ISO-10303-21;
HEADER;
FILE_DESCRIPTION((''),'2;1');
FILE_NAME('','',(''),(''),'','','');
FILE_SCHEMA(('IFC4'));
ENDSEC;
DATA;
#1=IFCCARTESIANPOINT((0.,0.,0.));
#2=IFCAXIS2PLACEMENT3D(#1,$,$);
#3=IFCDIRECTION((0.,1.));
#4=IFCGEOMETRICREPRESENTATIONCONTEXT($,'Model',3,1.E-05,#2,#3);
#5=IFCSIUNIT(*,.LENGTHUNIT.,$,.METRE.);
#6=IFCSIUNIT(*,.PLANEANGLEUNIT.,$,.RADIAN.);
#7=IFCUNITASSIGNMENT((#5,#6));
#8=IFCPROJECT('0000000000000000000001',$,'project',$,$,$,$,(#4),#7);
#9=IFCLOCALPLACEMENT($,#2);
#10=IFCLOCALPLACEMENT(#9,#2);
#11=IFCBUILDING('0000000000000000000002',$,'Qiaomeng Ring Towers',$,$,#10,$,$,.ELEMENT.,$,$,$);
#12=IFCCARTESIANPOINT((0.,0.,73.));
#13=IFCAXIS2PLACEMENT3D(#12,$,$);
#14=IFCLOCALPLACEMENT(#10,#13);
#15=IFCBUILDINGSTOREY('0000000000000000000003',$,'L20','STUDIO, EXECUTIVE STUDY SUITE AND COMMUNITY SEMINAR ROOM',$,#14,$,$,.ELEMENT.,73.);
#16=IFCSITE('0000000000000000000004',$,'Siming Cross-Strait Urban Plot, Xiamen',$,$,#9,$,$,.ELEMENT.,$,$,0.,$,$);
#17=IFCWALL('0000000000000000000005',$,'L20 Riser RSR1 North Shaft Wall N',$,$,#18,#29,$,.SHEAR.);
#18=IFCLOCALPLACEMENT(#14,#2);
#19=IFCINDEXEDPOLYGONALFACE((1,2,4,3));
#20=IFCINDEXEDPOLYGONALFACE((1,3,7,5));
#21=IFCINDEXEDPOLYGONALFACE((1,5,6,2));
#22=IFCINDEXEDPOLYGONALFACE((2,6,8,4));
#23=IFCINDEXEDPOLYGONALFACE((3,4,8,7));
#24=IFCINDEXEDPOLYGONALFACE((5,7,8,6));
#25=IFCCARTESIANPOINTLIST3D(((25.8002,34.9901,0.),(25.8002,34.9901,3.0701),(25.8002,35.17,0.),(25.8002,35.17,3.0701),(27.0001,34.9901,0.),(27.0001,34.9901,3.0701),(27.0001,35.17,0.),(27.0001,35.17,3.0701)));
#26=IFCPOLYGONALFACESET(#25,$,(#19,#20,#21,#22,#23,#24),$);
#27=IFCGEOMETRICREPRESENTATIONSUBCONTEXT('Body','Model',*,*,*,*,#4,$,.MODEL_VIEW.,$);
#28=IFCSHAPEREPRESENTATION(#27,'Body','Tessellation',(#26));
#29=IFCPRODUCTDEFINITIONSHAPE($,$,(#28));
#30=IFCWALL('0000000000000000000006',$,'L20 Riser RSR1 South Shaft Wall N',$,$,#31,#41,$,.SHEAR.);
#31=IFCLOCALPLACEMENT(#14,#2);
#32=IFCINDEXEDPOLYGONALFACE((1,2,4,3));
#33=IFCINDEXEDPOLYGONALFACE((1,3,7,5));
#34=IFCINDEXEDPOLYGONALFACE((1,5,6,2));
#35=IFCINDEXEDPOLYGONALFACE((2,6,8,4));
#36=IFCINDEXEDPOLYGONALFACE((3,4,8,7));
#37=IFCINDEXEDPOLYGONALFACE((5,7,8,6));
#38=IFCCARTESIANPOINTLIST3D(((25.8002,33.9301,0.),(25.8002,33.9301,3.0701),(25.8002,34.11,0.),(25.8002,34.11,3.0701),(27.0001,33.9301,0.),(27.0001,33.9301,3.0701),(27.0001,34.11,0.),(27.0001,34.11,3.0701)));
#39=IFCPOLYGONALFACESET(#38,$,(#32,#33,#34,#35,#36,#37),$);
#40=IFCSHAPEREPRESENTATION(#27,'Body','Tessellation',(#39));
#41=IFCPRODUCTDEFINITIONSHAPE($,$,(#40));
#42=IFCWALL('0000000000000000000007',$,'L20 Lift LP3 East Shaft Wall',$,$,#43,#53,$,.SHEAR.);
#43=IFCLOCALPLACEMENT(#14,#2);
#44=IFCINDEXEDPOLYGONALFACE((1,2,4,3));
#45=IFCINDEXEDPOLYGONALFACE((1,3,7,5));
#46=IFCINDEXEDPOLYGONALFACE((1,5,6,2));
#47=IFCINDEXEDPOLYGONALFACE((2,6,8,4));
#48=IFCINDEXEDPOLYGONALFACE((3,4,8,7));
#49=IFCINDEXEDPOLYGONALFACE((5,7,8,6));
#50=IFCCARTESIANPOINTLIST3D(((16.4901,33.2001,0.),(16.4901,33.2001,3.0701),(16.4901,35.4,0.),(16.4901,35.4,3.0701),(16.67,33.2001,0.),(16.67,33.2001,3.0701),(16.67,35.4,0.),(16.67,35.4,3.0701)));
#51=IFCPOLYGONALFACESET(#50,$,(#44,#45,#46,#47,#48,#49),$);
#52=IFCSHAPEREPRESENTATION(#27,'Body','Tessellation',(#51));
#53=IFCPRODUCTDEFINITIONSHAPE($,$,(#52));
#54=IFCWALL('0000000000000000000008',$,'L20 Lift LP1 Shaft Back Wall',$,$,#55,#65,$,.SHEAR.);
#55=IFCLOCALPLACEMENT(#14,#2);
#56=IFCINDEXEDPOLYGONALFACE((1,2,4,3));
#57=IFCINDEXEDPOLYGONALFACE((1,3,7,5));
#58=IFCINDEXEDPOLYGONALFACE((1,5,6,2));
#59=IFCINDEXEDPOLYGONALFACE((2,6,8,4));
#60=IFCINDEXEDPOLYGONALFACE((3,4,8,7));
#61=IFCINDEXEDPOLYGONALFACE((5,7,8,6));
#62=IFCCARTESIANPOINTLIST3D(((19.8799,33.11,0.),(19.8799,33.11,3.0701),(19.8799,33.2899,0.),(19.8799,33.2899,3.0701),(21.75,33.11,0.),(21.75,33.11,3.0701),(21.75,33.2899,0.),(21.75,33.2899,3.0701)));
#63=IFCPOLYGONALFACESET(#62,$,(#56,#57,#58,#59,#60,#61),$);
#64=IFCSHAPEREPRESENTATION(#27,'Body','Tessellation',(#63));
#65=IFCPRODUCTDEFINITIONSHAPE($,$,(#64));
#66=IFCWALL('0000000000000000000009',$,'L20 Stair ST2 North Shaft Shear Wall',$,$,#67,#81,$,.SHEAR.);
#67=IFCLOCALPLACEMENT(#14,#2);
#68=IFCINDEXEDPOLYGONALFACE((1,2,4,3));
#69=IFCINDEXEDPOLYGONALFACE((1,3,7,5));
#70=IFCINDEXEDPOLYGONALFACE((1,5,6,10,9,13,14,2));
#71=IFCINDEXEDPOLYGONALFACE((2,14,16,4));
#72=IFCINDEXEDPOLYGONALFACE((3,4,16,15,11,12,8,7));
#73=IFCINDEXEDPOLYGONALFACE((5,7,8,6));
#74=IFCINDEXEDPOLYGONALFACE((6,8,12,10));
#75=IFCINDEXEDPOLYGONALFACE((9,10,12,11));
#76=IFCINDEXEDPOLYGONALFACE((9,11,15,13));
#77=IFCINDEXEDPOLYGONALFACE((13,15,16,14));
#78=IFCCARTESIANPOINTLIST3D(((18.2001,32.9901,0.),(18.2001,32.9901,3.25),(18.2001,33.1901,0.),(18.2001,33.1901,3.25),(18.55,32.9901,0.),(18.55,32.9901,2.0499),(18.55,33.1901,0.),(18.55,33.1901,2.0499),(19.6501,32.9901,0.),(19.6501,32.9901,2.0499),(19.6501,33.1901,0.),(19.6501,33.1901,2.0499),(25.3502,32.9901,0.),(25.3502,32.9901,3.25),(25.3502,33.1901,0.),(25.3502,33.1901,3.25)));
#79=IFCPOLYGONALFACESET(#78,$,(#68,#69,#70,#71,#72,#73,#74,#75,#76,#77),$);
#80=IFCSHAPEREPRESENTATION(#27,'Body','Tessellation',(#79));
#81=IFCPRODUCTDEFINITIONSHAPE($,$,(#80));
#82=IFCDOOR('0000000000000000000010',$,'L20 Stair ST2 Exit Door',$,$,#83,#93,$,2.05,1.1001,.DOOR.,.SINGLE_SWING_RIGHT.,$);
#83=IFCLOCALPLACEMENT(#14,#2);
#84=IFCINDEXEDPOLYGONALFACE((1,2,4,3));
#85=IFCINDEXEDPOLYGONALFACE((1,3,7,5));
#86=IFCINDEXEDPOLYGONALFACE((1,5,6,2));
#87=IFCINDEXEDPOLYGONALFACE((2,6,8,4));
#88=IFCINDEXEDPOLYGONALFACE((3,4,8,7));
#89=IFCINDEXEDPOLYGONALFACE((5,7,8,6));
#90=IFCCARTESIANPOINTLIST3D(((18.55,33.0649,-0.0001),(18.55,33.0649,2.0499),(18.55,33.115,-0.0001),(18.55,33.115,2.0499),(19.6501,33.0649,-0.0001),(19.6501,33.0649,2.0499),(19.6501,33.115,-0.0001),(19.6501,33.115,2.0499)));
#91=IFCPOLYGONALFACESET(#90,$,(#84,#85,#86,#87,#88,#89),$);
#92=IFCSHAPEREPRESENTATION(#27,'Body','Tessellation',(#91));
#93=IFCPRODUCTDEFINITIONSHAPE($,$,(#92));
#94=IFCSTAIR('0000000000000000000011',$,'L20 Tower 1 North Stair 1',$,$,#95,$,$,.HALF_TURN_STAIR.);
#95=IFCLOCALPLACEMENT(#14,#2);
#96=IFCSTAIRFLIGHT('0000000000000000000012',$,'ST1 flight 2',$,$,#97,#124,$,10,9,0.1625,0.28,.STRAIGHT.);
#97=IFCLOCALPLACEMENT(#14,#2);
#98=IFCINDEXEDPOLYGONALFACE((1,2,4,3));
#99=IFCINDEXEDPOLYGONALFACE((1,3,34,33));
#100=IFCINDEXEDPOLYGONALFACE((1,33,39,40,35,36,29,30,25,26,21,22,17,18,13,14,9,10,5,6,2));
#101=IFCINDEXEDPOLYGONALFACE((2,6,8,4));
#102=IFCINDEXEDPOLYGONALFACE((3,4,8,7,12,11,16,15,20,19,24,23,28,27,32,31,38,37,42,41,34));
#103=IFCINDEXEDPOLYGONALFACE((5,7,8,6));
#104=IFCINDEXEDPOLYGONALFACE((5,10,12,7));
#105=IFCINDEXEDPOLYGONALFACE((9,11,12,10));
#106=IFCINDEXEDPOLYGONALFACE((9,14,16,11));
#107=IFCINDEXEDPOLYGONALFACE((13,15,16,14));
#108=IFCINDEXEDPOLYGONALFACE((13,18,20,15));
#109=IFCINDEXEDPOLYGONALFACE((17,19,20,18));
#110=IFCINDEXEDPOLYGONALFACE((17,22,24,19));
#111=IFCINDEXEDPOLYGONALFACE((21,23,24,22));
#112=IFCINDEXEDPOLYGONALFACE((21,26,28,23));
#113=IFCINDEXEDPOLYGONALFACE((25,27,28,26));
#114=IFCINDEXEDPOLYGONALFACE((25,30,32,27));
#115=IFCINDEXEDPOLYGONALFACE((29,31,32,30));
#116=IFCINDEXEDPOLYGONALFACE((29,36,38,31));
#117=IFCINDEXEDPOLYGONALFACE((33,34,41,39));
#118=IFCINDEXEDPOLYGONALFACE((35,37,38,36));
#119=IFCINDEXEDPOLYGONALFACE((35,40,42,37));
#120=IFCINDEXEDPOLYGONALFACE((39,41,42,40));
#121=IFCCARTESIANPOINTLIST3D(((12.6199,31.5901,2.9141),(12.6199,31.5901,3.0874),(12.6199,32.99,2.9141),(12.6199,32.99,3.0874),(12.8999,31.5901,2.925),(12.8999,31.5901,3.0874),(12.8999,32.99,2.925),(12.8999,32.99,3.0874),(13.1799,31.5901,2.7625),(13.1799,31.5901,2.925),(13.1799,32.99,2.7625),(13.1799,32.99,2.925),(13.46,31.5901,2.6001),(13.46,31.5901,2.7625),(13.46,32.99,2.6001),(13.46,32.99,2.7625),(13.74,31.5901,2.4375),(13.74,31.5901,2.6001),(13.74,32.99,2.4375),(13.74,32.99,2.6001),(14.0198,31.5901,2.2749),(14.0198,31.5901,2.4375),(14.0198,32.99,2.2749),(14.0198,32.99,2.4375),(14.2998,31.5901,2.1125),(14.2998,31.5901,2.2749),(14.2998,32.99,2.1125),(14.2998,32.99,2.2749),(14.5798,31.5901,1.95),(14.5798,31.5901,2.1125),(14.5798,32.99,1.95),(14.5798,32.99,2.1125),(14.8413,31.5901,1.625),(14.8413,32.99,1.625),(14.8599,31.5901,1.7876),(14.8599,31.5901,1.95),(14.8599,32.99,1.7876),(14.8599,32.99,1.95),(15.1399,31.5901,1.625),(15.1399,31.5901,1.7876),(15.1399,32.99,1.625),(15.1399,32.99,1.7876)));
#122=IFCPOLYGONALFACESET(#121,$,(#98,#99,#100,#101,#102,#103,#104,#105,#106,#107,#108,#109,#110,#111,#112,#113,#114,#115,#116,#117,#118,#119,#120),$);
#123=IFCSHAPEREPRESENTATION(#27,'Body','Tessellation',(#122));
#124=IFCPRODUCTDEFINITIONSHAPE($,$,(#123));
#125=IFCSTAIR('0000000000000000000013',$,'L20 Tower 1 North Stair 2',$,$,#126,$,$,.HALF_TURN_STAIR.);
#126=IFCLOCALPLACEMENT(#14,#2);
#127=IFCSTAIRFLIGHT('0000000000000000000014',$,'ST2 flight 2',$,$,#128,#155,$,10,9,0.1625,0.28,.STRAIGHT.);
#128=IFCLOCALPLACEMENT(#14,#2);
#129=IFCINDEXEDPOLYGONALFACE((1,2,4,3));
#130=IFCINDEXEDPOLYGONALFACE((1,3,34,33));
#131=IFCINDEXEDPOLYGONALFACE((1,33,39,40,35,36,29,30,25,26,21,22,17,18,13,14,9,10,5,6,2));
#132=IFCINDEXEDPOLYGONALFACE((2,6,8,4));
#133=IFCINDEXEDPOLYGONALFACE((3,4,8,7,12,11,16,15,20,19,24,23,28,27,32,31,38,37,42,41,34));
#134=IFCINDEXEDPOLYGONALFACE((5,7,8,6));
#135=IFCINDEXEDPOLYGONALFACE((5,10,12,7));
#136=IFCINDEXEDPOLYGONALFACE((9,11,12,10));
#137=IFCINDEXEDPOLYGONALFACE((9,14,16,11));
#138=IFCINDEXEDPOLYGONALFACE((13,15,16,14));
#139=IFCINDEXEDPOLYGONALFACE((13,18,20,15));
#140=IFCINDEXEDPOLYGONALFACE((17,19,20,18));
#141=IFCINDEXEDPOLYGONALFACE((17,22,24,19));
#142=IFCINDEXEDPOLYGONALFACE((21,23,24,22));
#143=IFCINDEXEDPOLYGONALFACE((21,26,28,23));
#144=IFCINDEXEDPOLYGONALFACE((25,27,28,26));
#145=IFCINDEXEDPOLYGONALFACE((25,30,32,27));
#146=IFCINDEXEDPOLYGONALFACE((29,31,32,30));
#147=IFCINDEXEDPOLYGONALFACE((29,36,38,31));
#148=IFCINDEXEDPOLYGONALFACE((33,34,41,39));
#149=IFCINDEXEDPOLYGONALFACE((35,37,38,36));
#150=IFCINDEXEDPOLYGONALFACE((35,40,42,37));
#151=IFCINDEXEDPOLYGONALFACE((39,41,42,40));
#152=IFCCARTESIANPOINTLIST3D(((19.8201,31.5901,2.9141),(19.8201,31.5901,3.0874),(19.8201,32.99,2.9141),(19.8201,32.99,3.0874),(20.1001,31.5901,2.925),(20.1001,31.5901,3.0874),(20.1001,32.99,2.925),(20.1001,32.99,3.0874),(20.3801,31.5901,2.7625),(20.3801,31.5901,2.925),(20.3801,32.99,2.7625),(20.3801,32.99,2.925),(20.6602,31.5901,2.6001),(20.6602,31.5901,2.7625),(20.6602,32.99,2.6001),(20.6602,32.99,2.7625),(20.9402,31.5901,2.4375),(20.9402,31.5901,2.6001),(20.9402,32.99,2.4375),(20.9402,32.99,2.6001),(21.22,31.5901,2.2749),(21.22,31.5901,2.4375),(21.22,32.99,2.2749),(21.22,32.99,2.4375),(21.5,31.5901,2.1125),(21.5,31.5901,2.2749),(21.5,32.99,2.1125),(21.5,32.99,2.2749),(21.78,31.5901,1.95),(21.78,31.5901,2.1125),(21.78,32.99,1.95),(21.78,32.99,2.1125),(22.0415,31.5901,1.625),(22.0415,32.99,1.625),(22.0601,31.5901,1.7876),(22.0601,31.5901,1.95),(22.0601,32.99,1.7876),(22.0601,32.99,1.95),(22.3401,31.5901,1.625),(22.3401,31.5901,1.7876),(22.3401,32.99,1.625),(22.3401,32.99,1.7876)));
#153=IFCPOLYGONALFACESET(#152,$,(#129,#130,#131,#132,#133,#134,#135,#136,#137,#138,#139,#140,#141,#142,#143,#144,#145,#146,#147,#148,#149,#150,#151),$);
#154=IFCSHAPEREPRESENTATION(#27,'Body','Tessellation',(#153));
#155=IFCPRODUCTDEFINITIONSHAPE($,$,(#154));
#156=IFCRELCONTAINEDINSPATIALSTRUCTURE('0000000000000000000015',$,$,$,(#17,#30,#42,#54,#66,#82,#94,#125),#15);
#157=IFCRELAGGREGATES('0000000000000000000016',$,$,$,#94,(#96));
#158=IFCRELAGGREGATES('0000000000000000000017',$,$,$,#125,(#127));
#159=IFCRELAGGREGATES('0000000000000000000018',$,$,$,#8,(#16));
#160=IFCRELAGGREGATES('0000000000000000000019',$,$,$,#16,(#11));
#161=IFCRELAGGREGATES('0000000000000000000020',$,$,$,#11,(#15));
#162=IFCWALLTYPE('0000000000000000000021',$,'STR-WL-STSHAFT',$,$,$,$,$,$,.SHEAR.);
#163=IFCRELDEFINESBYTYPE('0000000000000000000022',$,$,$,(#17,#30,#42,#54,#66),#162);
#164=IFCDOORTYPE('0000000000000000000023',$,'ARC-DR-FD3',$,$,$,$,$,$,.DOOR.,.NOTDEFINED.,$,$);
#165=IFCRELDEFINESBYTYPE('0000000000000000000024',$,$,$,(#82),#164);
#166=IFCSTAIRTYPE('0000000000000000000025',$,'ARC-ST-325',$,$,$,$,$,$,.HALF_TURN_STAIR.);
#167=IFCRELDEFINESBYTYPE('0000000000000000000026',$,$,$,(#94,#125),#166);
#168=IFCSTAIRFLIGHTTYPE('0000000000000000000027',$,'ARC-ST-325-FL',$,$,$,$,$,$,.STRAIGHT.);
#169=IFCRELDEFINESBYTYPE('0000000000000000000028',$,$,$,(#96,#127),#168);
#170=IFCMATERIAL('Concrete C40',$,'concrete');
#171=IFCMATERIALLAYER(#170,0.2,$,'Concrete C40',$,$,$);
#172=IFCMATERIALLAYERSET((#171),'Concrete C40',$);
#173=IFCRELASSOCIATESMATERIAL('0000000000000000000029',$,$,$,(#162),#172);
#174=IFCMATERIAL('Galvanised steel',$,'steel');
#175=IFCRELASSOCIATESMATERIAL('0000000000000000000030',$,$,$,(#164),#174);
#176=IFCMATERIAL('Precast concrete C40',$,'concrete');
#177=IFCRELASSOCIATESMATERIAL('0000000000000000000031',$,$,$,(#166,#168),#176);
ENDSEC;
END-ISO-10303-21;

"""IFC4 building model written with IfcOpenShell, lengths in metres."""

from ifc_helpers import new_model, si_unit, direction, frame, frame_2d, origin, place, context, subcontext, project, spatial, polyline, rectangle, outline, extrude, source, transform, mapped, material, layer, layer_set, type_object, element, fill, aggregate, save


model = new_model("IFC4")

# Units and contexts
model_context = context("Model", 3, precision=1e-05, world=origin(), true_north=direction((0.0, 1.0)))
body_context = subcontext(model_context, "Body", "Model", "MODEL_VIEW")
ifc_project = project(units=[si_unit("LENGTHUNIT", "METRE"), si_unit("PLANEANGLEUNIT", "RADIAN")], contexts=[model_context])

# Site, building, storey
site_placement = place(None, origin())
site = spatial("IfcSite", under=ifc_project, at=site_placement, Name="Siming Cross-Strait Urban Plot, Xiamen", CompositionType="ELEMENT", RefElevation=0.0)
building_placement = place(site_placement, origin())
building = spatial("IfcBuilding", under=site, at=building_placement, Name="Qiaomeng Ring Towers", CompositionType="ELEMENT")
storey_placement = place(building_placement, frame((0.0, 0.0, 73.0)))
storey = spatial("IfcBuildingStorey", under=building, at=storey_placement, Name="L20", Description="STUDIO, EXECUTIVE STUDY SUITE AND COMMUNITY SEMINAR ROOM", CompositionType="ELEMENT", Elevation=73.0)

# Walls
ifc_material_1 = material(Name="Concrete C40", Category="concrete")
ifc_layer_1 = layer(ifc_material_1, 0.2, Name="Concrete C40")
ifc_layer_set_1 = layer_set([ifc_layer_1], Name="Concrete C40")
wall_type_1 = type_object("IfcWallType", Name="STR-WL-STSHAFT", PredefinedType="SHEAR", material=ifc_layer_set_1)
for number, where, z_axis, x_axis, name in (
    (1, (25.8, 35.0801, 0.0), (0.0, 0.0, 1.0), (1.0, 0.0, 0.0), "L20 Riser RSR1 North Shaft Wall N"),
    (2, (25.8, 34.02, 0.0), (0.0, 0.0, 1.0), (1.0, 0.0, 0.0), "L20 Riser RSR1 South Shaft Wall N"),
):
    element("IfcWall", number, at=place(storey_placement, frame(where, z_axis=z_axis, x_axis=x_axis)), inside=storey, type_object=wall_type_1, Name=name, PredefinedType="SHEAR", context=body_context, shape_type="SweptSolid", body=[
        extrude(rectangle(XDim=1.2, YDim=0.1799, at=frame_2d((0.6001, 0.0))), origin(), (0.0, 0.0, 1.0), 3.0701),
    ])
wall_1_placement = place(storey_placement, frame((16.5801, 33.2, 0.0), z_axis=(0.0, 0.0, 1.0), x_axis=(0.0, 1.0, 0.0)))
element("IfcWall", 3, at=wall_1_placement, inside=storey, type_object=wall_type_1, Name="L20 Lift LP3 East Shaft Wall", PredefinedType="SHEAR", context=body_context, shape_type="SweptSolid", body=[
    extrude(rectangle(XDim=2.2, YDim=0.1799, at=frame_2d((1.1001, 0.0))), origin(), (0.0, 0.0, 1.0), 3.0701),
])
wall_2_placement = place(storey_placement, frame((19.8799, 33.2, 0.0), z_axis=(0.0, 0.0, 1.0), x_axis=(1.0, 0.0, 0.0)))
element("IfcWall", 4, at=wall_2_placement, inside=storey, type_object=wall_type_1, Name="L20 Lift LP1 Shaft Back Wall", PredefinedType="SHEAR", context=body_context, shape_type="SweptSolid", body=[
    extrude(rectangle(XDim=1.8701, YDim=0.1799, at=frame_2d((0.9351, 0.0))), origin(), (0.0, 0.0, 1.0), 3.0701),
])

# Wall, opening, door
wall_3_placement = place(storey_placement, frame((18.2, 33.0901, 0.0), z_axis=(0.0, 0.0, 1.0), x_axis=(1.0, 0.0, 0.0)))
wall_3 = element("IfcWall", 5, at=wall_3_placement, inside=storey, type_object=wall_type_1, Name="L20 Stair ST2 North Shaft Shear Wall", PredefinedType="SHEAR", context=body_context, shape_type="SweptSolid", body=[
    extrude(rectangle(XDim=7.1501, YDim=0.2, at=frame_2d((3.5752, 0.0))), origin(), (0.0, 0.0, 1.0), 3.25),
])
opening_placement = place(wall_3_placement, frame((0.3501, 0.0, 0.0)))
opening = element("IfcOpeningElement", 6, at=opening_placement, cuts=wall_3, PredefinedType="OPENING", context=body_context, shape_type="SweptSolid", body=[
    extrude(rectangle(XDim=1.1001, YDim=2.05, at=frame_2d((0.55, 1.0249))), frame((0.0, 0.1099, 0.0), z_axis=(0.0, -1.0, 0.0), x_axis=(1.0, 0.0, 0.0)), (0.0, 0.0, 1.0), 0.22),
])
ifc_material_2 = material(Name="Galvanised steel", Category="steel")
door_type = type_object("IfcDoorType", Name="ARC-DR-FD3", OperationType="NOTDEFINED", PredefinedType="DOOR", material=ifc_material_2)
shared_shape_1 = source(origin(), body_context, "Body", "SweptSolid", [
    extrude(rectangle(XDim=1.1001, YDim=2.05, at=frame_2d((0.55, 1.0249))), frame((0.0, 0.0249, 0.0), z_axis=(0.0, -1.0, 0.0), x_axis=(1.0, 0.0, 0.0)), (0.0, 0.0, 1.0), 0.05),
])
door_placement = place(opening_placement, origin())
door = element("IfcDoor", 7, at=door_placement, inside=storey, type_object=door_type, Name="L20 Stair ST2 Exit Door", OperationType="SINGLE_SWING_RIGHT", OverallHeight=2.05, OverallWidth=1.1001, PredefinedType="DOOR", context=body_context, shape_type="MappedRepresentation", body=[
    mapped(shared_shape_1, transform((0.0, 0.0, 0.0), x_axis=(1.0, 0.0, 0.0), y_axis=(0.0, 1.0, 0.0), z_axis=(0.0, 0.0, 1.0), scale=1.0)),
])
fill(opening, door)

# Stairs, stair flights
ifc_material_3 = material(Name="Precast concrete C40", Category="concrete")
stair_type = type_object("IfcStairType", Name="ARC-ST-325", PredefinedType="HALF_TURN_STAIR", material=ifc_material_3)
stair_1_placement = place(storey_placement, origin())
stair_1 = element("IfcStair", 8, at=stair_1_placement, inside=storey, type_object=stair_type, Name="L20 Tower 1 North Stair 1", PredefinedType="HALF_TURN_STAIR")
stair_flight_type = type_object("IfcStairFlightType", Name="ARC-ST-325-FL", PredefinedType="STRAIGHT", material=ifc_material_3)
shared_shape_2 = source(origin(), body_context, "Body", "SweptSolid", [
    extrude(outline(polyline([(0.0, 0.0), (0.0, 0.1626), (0.28, 0.1626), (0.28, 0.325), (0.5601, 0.325), (0.5601, 0.4875), (0.8401, 0.4875), (0.8401, 0.6499), (1.1201, 0.6499), (1.1201, 0.8125), (1.3999, 0.8125), (1.3999, 0.9751), (1.6799, 0.9751), (1.6799, 1.1375), (1.96, 1.1375), (1.96, 1.3), (2.24, 1.3), (2.24, 1.4624), (2.52, 1.4624), (2.52, 1.625), (2.52, 1.2891), (0.2986, 0.0), (0.0, 0.0)])), frame((0.0, 0.7, 0.0), z_axis=(0.0, -1.0, 0.0), x_axis=(1.0, 0.0, 0.0)), (0.0, 0.0, 1.0), 1.3999),
])
stair_flight_1_placement = place(storey_placement, frame((15.1399, 32.29, 1.625), z_axis=(0.0, 0.0, 1.0), x_axis=(-1.0, 0.0, 0.0)))
stair_flight_1 = element("IfcStairFlight", 9, at=stair_flight_1_placement, type_object=stair_flight_type, Name="ST1 flight 2", NumberOfRisers=10, NumberOfTreads=9, PredefinedType="STRAIGHT", RiserHeight=0.1625, TreadLength=0.28, context=body_context, shape_type="MappedRepresentation", body=[
    mapped(shared_shape_2, transform((0.0, 0.0, 0.0), x_axis=(1.0, 0.0, 0.0), y_axis=(0.0, 1.0, 0.0), z_axis=(0.0, 0.0, 1.0), scale=1.0)),
])
aggregate(stair_1, [stair_flight_1])
stair_2_placement = place(storey_placement, origin())
stair_2 = element("IfcStair", 10, at=stair_2_placement, inside=storey, type_object=stair_type, Name="L20 Tower 1 North Stair 2", PredefinedType="HALF_TURN_STAIR")
stair_flight_2_placement = place(storey_placement, frame((22.3401, 32.29, 1.625), z_axis=(0.0, 0.0, 1.0), x_axis=(-1.0, 0.0, 0.0)))
stair_flight_2 = element("IfcStairFlight", 11, at=stair_flight_2_placement, type_object=stair_flight_type, Name="ST2 flight 2", NumberOfRisers=10, NumberOfTreads=9, PredefinedType="STRAIGHT", RiserHeight=0.1625, TreadLength=0.28, context=body_context, shape_type="MappedRepresentation", body=[
    mapped(shared_shape_2, transform((0.0, 0.0, 0.0), x_axis=(1.0, 0.0, 0.0), y_axis=(0.0, 1.0, 0.0), z_axis=(0.0, 0.0, 1.0), scale=1.0)),
])
aggregate(stair_2, [stair_flight_2])

save(model, "model.ifc")
